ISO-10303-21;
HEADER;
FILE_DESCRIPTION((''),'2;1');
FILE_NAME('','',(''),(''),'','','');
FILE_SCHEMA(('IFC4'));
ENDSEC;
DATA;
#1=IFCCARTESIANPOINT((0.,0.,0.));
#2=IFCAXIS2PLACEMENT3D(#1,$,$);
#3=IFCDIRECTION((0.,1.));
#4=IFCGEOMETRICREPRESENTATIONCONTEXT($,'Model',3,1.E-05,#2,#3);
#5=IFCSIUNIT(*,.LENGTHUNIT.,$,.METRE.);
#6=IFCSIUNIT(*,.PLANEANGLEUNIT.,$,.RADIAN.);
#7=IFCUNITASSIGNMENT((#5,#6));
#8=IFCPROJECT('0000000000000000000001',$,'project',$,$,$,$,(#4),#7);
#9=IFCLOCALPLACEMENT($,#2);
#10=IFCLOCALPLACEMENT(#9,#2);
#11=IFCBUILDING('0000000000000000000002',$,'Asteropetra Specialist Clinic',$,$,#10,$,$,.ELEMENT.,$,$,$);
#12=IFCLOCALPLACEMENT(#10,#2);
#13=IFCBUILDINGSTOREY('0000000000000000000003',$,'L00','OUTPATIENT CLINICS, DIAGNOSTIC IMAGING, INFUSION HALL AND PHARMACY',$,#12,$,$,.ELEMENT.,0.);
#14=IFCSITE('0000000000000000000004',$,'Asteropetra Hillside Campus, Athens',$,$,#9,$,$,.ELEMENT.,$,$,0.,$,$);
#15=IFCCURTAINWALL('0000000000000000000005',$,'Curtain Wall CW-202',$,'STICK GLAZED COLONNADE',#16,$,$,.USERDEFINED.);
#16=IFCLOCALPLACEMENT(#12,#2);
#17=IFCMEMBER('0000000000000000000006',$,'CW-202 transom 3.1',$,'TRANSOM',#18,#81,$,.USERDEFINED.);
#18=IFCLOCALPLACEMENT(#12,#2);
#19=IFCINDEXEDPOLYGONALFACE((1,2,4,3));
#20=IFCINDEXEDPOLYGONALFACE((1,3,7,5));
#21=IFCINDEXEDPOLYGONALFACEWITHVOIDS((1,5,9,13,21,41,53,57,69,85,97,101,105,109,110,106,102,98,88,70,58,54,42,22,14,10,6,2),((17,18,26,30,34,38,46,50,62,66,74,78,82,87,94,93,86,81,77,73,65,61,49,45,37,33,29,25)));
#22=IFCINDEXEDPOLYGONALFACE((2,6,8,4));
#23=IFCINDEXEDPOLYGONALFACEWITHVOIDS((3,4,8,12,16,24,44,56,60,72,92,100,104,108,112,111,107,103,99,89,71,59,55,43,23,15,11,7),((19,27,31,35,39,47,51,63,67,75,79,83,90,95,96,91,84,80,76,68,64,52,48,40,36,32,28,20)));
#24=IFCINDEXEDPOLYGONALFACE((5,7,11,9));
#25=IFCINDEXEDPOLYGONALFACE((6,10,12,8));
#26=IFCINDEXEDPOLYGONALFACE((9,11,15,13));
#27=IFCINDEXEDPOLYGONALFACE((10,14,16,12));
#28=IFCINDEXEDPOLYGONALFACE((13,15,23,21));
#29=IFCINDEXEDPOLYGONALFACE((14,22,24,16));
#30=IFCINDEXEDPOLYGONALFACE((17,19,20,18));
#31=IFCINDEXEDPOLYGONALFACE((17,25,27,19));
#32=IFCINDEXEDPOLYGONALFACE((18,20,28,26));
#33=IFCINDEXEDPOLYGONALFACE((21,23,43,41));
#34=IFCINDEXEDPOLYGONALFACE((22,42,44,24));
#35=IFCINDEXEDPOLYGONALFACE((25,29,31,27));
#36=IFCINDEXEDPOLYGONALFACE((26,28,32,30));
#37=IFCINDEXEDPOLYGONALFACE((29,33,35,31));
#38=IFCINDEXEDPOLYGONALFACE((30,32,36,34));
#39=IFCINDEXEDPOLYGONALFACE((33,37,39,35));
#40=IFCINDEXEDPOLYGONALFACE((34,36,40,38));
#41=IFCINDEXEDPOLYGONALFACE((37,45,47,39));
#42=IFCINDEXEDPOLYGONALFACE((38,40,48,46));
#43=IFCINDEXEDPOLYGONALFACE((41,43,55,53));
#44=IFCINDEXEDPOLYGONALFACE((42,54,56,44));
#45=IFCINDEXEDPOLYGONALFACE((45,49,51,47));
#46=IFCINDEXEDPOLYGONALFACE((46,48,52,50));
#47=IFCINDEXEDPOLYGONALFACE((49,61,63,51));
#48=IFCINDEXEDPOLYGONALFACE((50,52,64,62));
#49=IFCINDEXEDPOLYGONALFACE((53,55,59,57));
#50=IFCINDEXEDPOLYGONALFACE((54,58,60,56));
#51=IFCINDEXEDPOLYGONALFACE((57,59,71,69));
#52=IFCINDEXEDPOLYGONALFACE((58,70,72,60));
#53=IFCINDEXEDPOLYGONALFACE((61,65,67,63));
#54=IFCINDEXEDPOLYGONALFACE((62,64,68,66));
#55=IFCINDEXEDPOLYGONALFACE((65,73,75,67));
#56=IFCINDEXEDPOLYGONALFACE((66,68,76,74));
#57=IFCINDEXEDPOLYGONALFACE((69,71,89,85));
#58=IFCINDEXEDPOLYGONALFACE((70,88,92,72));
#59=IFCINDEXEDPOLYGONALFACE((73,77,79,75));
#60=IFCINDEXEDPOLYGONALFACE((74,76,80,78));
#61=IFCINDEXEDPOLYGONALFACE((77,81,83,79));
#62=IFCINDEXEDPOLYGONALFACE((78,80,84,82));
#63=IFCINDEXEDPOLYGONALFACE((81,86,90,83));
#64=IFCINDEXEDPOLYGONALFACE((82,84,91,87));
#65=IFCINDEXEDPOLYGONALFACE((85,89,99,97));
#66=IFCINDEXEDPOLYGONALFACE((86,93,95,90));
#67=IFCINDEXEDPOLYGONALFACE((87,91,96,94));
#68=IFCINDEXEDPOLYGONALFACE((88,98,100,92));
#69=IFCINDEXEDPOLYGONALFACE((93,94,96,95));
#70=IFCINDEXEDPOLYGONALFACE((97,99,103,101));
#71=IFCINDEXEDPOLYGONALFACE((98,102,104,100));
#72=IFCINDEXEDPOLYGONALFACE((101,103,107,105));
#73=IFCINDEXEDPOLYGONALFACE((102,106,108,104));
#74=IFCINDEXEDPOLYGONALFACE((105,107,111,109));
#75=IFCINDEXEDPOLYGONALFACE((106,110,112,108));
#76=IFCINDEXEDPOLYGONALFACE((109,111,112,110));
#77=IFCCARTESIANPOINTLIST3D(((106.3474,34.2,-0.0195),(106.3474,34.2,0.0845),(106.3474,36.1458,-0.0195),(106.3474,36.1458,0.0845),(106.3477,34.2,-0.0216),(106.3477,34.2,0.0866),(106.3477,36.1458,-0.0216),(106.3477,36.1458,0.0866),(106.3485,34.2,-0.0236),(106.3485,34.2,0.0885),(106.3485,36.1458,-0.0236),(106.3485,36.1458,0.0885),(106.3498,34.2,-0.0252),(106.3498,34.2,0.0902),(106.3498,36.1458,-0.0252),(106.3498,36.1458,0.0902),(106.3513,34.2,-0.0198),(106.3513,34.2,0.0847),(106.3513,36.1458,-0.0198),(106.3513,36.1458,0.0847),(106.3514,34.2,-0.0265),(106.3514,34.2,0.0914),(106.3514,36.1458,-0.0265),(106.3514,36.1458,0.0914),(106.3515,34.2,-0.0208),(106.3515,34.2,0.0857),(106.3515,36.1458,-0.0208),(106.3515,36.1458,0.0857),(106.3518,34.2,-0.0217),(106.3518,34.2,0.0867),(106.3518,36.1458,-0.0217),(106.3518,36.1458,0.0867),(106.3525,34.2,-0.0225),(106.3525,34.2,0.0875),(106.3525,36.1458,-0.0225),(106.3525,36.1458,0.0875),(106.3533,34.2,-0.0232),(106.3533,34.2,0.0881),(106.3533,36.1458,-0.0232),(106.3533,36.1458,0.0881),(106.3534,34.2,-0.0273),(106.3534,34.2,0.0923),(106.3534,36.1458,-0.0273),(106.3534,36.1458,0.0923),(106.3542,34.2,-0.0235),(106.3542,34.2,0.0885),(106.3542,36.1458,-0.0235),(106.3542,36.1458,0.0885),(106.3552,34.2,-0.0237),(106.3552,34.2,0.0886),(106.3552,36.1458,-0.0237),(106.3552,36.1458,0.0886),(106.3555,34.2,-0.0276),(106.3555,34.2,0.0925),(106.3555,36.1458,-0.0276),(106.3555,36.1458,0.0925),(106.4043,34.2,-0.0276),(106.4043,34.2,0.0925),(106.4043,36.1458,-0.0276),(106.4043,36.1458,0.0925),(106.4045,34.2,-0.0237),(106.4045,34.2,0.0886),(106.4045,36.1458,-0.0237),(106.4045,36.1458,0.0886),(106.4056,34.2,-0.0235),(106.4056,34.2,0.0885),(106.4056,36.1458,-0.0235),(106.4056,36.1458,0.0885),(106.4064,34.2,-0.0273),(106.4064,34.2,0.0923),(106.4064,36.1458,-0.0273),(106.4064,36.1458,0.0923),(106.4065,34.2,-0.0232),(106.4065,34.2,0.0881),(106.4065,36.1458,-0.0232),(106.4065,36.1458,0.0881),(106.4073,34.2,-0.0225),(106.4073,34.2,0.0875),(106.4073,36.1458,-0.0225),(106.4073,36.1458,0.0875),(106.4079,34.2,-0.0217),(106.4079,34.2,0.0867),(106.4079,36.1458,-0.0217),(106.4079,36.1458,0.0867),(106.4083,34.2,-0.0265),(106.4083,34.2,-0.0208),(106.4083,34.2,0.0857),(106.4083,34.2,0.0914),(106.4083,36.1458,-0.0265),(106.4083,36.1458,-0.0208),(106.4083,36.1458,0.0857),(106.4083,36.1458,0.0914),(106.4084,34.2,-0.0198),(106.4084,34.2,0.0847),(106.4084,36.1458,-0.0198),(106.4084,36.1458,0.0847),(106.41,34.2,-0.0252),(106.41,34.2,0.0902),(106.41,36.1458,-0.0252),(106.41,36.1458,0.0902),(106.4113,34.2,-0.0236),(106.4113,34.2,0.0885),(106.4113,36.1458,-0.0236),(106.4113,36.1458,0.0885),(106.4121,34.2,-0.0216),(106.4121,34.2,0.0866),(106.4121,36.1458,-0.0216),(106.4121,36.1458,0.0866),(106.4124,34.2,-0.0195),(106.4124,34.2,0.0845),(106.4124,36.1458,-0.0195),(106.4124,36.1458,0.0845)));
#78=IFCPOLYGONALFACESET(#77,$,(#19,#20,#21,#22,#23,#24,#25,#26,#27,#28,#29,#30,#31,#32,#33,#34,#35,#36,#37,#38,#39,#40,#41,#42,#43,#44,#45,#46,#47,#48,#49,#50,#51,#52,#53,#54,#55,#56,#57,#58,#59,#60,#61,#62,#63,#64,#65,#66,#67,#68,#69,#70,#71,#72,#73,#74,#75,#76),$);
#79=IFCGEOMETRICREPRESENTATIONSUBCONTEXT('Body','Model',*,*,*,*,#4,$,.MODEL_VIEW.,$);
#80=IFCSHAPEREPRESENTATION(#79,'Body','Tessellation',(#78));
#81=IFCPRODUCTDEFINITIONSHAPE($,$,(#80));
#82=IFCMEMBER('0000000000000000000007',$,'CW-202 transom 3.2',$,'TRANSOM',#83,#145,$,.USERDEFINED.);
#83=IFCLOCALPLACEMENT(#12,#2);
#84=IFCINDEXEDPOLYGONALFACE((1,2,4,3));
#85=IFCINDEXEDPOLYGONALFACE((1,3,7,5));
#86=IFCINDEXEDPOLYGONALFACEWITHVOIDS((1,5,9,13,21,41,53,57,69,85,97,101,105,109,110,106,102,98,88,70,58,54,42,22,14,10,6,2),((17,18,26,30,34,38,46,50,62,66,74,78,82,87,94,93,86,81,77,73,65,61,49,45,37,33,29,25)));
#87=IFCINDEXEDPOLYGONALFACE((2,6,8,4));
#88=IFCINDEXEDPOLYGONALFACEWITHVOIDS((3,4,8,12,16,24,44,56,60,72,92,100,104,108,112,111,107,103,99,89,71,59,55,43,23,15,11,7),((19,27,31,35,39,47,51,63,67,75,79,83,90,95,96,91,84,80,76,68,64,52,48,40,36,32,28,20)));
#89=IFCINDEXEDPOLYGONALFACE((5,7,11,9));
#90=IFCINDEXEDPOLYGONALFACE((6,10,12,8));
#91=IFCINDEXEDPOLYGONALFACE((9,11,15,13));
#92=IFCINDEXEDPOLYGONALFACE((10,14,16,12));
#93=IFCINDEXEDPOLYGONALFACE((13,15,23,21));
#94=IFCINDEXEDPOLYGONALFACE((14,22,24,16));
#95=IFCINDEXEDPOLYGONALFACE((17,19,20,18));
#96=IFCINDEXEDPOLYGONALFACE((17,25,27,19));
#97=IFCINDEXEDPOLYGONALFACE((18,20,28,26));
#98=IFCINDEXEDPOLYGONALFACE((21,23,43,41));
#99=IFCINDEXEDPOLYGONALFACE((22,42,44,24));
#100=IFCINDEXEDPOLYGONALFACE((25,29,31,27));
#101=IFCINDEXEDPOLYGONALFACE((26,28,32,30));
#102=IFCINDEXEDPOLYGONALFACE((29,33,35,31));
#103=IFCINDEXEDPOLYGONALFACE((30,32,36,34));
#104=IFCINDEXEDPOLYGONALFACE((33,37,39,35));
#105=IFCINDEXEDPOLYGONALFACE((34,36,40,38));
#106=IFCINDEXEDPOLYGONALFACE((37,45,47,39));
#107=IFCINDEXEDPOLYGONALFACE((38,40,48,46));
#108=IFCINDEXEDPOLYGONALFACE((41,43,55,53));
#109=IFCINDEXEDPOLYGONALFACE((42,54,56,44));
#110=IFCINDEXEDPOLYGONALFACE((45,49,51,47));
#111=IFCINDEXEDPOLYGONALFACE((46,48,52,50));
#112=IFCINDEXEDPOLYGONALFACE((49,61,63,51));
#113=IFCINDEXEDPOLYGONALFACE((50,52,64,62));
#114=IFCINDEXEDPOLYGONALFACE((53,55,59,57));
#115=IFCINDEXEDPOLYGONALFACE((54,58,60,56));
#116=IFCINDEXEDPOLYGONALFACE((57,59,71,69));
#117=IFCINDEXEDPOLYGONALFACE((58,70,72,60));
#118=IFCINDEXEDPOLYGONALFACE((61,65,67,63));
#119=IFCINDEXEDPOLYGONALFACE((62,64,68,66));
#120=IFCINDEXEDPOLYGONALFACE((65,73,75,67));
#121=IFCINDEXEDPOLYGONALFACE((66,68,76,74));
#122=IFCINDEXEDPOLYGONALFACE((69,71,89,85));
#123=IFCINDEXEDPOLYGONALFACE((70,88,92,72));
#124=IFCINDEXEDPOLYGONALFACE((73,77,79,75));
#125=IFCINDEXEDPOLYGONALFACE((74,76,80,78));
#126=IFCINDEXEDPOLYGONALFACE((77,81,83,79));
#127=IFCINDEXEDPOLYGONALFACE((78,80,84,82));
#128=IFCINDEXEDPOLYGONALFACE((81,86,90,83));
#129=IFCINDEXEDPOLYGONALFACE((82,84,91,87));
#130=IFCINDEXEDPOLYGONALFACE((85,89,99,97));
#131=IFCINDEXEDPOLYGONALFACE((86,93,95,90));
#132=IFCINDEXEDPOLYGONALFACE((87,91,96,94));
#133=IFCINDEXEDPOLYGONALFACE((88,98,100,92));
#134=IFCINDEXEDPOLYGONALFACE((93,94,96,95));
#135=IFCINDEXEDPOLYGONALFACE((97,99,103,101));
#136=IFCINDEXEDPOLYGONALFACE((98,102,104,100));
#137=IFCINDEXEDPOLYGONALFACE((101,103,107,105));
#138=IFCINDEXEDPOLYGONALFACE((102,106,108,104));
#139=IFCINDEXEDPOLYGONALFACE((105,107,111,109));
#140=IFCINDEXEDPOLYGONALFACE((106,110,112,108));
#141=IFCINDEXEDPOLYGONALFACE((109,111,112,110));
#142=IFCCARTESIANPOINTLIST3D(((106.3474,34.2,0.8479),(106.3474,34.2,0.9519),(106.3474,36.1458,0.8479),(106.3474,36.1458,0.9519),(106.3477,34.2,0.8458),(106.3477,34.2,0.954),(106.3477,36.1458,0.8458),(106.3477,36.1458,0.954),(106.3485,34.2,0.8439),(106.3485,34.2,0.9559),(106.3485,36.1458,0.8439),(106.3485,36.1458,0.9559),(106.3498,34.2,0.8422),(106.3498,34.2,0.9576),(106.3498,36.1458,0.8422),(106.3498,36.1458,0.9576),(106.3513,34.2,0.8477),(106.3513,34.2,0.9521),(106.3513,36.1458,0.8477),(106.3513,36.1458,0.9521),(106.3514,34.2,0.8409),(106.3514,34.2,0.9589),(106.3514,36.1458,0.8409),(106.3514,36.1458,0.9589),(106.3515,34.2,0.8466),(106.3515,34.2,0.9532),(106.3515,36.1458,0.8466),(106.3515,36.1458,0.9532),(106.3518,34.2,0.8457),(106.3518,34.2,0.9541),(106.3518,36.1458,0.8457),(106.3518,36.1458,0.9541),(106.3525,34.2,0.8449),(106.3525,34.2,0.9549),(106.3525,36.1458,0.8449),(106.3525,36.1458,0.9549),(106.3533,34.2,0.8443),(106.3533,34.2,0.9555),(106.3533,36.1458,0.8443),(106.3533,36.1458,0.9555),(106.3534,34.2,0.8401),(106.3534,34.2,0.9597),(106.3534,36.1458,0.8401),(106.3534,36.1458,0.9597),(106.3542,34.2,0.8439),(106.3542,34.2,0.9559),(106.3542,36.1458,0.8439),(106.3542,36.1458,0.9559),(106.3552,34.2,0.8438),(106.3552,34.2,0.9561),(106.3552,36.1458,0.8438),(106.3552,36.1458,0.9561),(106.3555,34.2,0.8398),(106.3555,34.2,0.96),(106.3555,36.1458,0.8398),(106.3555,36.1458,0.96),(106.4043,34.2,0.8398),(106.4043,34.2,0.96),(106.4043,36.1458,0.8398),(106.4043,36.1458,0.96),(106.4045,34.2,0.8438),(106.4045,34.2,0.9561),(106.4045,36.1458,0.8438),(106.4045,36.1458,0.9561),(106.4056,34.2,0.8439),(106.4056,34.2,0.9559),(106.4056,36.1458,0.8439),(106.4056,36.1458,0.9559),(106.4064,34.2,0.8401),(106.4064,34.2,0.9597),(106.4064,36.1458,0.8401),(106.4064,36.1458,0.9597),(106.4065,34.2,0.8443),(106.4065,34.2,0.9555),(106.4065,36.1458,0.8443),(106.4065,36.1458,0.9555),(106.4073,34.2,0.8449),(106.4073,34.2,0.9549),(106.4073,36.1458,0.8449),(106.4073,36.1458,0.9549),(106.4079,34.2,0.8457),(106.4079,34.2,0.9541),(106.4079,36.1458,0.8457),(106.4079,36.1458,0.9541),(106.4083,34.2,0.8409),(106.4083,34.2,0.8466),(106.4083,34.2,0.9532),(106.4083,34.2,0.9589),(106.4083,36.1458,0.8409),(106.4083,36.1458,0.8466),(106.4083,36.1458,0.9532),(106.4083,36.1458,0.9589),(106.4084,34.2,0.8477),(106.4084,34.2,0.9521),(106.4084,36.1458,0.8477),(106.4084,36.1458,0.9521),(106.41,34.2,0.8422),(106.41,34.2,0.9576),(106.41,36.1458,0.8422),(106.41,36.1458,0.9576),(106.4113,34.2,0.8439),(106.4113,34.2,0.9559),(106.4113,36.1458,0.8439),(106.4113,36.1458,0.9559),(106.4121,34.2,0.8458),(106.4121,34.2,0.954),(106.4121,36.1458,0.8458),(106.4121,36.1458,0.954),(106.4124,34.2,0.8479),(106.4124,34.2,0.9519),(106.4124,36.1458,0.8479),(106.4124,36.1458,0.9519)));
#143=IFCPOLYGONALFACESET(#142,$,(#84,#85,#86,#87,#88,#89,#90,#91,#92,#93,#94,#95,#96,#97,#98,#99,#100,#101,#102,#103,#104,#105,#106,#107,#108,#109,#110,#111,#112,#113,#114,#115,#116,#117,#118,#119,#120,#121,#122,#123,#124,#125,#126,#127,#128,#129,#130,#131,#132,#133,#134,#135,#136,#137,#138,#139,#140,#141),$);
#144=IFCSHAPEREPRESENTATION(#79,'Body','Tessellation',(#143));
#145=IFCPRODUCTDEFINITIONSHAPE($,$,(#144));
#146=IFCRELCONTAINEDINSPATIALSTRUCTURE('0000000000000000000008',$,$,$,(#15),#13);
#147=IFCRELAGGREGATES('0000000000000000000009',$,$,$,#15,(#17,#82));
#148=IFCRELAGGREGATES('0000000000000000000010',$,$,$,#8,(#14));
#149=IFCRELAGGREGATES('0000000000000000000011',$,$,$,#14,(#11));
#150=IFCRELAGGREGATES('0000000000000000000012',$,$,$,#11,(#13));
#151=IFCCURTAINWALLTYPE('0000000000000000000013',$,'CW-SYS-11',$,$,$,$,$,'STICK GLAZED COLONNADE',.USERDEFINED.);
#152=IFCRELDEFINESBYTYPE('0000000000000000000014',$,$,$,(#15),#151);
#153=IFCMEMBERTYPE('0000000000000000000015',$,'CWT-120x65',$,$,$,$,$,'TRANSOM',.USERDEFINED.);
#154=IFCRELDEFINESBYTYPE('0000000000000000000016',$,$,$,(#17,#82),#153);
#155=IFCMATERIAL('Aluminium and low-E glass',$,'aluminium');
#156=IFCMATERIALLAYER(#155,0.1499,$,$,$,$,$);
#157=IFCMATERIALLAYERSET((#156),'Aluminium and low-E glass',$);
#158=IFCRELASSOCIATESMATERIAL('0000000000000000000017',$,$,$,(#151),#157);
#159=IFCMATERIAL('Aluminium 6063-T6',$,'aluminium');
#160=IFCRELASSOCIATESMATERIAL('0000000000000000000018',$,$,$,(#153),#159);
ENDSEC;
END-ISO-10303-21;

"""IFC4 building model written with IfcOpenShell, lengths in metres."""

from ifc_helpers import new_model, si_unit, direction, frame, origin, origin_2d, place, context, subcontext, project, spatial, hollow_rectangle, extrude, material, layer, layer_set, material_profile, profile_set, type_object, element, aggregate, save


model = new_model("IFC4")

# Units and contexts
model_context = context("Model", 3, precision=1e-05, world=origin(), true_north=direction((0.0, 1.0)))
body_context = subcontext(model_context, "Body", "Model", "MODEL_VIEW")
ifc_project = project(units=[si_unit("LENGTHUNIT", "METRE"), si_unit("PLANEANGLEUNIT", "RADIAN")], contexts=[model_context])

# Site, building, storey
site_placement = place(None, origin())
site = spatial("IfcSite", under=ifc_project, at=site_placement, Name="Asteropetra Hillside Campus, Athens", CompositionType="ELEMENT", RefElevation=0.0)
building_placement = place(site_placement, origin())
building = spatial("IfcBuilding", under=site, at=building_placement, Name="Asteropetra Specialist Clinic", CompositionType="ELEMENT")
storey_placement = place(building_placement, origin())
storey = spatial("IfcBuildingStorey", under=building, at=storey_placement, Name="L00", Description="OUTPATIENT CLINICS, DIAGNOSTIC IMAGING, INFUSION HALL AND PHARMACY", CompositionType="ELEMENT", Elevation=0.0)

# Curtain wall
ifc_material_1 = material(Name="Aluminium and low-E glass", Category="aluminium")
ifc_layer_1 = layer(ifc_material_1, 0.1499)
ifc_layer_set_1 = layer_set([ifc_layer_1], Name="Aluminium and low-E glass")
curtain_wall_type_1 = type_object("IfcCurtainWallType", Name="CW-SYS-11", ElementType="STICK GLAZED COLONNADE", PredefinedType="USERDEFINED", material=ifc_layer_set_1)
curtain_wall_1_placement = place(storey_placement, origin())
curtain_wall_1 = element("IfcCurtainWall", 1, at=curtain_wall_1_placement, inside=storey, type_object=curtain_wall_type_1, Name="Curtain Wall CW-202", ObjectType="STICK GLAZED COLONNADE", PredefinedType="USERDEFINED")

# Members
ifc_material_2 = material(Name="Aluminium 6063-T6", Category="aluminium")
ifc_material_profile_1 = material_profile(ifc_material_2, hollow_rectangle(XDim=0.0649, YDim=0.1201, WallThickness=0.0039, InnerFilletRadius=0.0039, OuterFilletRadius=0.0081, at=origin_2d()), Name="TRN 120x65x4.0")
ifc_profile_set_1 = profile_set([ifc_material_profile_1], Name="Aluminium 6063-T6")
member_type_1 = type_object("IfcMemberType", Name="CWT-120x65", ElementType="TRANSOM", PredefinedType="USERDEFINED", material=ifc_profile_set_1)
member_1_placement = place(storey_placement, frame((106.3799, 36.1458, 0.0325), z_axis=(0.0, -1.0, 0.0), x_axis=(1.0, 0.0, 0.0)))
member_1 = element("IfcMember", 2, at=member_1_placement, type_object=member_type_1, Name="CW-202 transom 3.1", ObjectType="TRANSOM", PredefinedType="USERDEFINED", context=body_context, shape_type="SweptSolid", body=[
    extrude(hollow_rectangle(XDim=0.0649, YDim=0.1201, WallThickness=0.0039, InnerFilletRadius=0.0039, OuterFilletRadius=0.0081, at=origin_2d()), origin(), (0.0, 0.0, 1.0), 1.9458),
])
member_2_placement = place(storey_placement, frame((106.3799, 36.1458, 0.8999), z_axis=(0.0, -1.0, 0.0), x_axis=(1.0, 0.0, 0.0)))
member_2 = element("IfcMember", 3, at=member_2_placement, type_object=member_type_1, Name="CW-202 transom 3.2", ObjectType="TRANSOM", PredefinedType="USERDEFINED", context=body_context, shape_type="SweptSolid", body=[
    extrude(hollow_rectangle(XDim=0.0649, YDim=0.1201, WallThickness=0.0039, InnerFilletRadius=0.0039, OuterFilletRadius=0.0081, at=origin_2d()), origin(), (0.0, 0.0, 1.0), 1.9458),
])

aggregate(curtain_wall_1, [member_1, member_2])

save(model, "model.ifc")
